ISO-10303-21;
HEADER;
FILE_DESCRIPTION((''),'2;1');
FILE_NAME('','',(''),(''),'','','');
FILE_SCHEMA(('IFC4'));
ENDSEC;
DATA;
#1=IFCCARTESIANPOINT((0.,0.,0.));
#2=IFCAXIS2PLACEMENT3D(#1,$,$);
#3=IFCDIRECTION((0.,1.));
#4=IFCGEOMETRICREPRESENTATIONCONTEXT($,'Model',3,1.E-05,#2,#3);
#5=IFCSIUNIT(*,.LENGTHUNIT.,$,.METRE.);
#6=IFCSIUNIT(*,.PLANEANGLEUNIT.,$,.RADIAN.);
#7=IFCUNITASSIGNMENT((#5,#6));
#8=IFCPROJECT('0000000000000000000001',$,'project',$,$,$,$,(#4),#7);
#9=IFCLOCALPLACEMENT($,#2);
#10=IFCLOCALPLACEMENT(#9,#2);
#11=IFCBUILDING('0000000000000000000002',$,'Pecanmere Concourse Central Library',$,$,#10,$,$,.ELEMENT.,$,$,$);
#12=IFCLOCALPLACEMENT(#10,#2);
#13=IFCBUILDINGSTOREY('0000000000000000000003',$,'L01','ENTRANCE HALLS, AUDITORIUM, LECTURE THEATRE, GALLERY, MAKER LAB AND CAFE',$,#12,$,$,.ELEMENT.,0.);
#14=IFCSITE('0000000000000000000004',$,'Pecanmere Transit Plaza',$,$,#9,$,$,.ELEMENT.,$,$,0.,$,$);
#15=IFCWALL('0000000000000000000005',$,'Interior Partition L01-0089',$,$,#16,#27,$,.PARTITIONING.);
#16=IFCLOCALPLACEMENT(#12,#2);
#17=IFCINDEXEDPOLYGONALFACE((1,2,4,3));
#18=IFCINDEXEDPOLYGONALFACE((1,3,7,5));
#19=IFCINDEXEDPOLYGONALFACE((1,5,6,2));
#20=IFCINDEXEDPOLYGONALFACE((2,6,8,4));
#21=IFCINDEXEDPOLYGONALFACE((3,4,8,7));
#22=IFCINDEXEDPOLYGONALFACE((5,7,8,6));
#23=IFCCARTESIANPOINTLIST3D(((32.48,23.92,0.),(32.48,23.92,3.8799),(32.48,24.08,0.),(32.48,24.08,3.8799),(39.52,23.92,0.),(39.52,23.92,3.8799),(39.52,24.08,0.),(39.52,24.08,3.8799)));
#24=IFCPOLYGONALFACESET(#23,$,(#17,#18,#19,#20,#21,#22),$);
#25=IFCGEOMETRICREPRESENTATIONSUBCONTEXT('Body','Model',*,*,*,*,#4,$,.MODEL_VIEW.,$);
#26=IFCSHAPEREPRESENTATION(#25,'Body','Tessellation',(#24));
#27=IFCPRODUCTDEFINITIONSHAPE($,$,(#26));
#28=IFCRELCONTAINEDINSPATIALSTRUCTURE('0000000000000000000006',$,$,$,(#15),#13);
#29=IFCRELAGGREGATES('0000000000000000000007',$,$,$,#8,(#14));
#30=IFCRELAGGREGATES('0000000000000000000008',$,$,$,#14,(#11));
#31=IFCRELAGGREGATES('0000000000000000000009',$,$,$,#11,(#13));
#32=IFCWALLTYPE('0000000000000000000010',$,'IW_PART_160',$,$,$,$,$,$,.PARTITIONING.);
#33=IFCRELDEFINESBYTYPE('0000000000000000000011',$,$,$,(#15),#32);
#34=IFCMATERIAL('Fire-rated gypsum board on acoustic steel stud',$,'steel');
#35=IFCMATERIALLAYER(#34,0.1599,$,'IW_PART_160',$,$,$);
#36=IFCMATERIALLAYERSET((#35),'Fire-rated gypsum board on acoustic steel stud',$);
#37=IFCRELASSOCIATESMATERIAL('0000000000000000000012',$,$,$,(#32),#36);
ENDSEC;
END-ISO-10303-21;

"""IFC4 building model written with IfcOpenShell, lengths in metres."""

from ifc_helpers import new_model, si_unit, direction, frame, frame_2d, origin, place, context, subcontext, project, spatial, rectangle, extrude, material, layer, layer_set, type_object, element, save


model = new_model("IFC4")

# Units and contexts
model_context = context("Model", 3, precision=1e-05, world=origin(), true_north=direction((0.0, 1.0)))
body_context = subcontext(model_context, "Body", "Model", "MODEL_VIEW")
ifc_project = project(units=[si_unit("LENGTHUNIT", "METRE"), si_unit("PLANEANGLEUNIT", "RADIAN")], contexts=[model_context])

# Site, building, storey
site_placement = place(None, origin())
site = spatial("IfcSite", under=ifc_project, at=site_placement, Name="Pecanmere Transit Plaza", CompositionType="ELEMENT", RefElevation=0.0)
building_placement = place(site_placement, origin())
building = spatial("IfcBuilding", under=site, at=building_placement, Name="Pecanmere Concourse Central Library", CompositionType="ELEMENT")
storey_placement = place(building_placement, origin())
storey = spatial("IfcBuildingStorey", under=building, at=storey_placement, Name="L01", Description="ENTRANCE HALLS, AUDITORIUM, LECTURE THEATRE, GALLERY, MAKER LAB AND CAFE", CompositionType="ELEMENT", Elevation=0.0)

# Wall
ifc_material_1 = material(Name="Fire-rated gypsum board on acoustic steel stud", Category="steel")
ifc_layer_1 = layer(ifc_material_1, 0.1599, Name="IW_PART_160")
ifc_layer_set_1 = layer_set([ifc_layer_1], Name="Fire-rated gypsum board on acoustic steel stud")
wall_type_1 = type_object("IfcWallType", Name="IW_PART_160", PredefinedType="PARTITIONING", material=ifc_layer_set_1)
wall_1_placement = place(storey_placement, frame((32.48, 24.0, 0.0), z_axis=(0.0, 0.0, 1.0), x_axis=(1.0, 0.0, 0.0)))
element("IfcWall", 1, at=wall_1_placement, inside=storey, type_object=wall_type_1, Name="Interior Partition L01-0089", PredefinedType="PARTITIONING", context=body_context, shape_type="SweptSolid", body=[
    extrude(rectangle(XDim=7.04, YDim=0.1599, at=frame_2d((3.52, 0.0))), origin(), (0.0, 0.0, 1.0), 3.8799),
])

save(model, "model.ifc")
